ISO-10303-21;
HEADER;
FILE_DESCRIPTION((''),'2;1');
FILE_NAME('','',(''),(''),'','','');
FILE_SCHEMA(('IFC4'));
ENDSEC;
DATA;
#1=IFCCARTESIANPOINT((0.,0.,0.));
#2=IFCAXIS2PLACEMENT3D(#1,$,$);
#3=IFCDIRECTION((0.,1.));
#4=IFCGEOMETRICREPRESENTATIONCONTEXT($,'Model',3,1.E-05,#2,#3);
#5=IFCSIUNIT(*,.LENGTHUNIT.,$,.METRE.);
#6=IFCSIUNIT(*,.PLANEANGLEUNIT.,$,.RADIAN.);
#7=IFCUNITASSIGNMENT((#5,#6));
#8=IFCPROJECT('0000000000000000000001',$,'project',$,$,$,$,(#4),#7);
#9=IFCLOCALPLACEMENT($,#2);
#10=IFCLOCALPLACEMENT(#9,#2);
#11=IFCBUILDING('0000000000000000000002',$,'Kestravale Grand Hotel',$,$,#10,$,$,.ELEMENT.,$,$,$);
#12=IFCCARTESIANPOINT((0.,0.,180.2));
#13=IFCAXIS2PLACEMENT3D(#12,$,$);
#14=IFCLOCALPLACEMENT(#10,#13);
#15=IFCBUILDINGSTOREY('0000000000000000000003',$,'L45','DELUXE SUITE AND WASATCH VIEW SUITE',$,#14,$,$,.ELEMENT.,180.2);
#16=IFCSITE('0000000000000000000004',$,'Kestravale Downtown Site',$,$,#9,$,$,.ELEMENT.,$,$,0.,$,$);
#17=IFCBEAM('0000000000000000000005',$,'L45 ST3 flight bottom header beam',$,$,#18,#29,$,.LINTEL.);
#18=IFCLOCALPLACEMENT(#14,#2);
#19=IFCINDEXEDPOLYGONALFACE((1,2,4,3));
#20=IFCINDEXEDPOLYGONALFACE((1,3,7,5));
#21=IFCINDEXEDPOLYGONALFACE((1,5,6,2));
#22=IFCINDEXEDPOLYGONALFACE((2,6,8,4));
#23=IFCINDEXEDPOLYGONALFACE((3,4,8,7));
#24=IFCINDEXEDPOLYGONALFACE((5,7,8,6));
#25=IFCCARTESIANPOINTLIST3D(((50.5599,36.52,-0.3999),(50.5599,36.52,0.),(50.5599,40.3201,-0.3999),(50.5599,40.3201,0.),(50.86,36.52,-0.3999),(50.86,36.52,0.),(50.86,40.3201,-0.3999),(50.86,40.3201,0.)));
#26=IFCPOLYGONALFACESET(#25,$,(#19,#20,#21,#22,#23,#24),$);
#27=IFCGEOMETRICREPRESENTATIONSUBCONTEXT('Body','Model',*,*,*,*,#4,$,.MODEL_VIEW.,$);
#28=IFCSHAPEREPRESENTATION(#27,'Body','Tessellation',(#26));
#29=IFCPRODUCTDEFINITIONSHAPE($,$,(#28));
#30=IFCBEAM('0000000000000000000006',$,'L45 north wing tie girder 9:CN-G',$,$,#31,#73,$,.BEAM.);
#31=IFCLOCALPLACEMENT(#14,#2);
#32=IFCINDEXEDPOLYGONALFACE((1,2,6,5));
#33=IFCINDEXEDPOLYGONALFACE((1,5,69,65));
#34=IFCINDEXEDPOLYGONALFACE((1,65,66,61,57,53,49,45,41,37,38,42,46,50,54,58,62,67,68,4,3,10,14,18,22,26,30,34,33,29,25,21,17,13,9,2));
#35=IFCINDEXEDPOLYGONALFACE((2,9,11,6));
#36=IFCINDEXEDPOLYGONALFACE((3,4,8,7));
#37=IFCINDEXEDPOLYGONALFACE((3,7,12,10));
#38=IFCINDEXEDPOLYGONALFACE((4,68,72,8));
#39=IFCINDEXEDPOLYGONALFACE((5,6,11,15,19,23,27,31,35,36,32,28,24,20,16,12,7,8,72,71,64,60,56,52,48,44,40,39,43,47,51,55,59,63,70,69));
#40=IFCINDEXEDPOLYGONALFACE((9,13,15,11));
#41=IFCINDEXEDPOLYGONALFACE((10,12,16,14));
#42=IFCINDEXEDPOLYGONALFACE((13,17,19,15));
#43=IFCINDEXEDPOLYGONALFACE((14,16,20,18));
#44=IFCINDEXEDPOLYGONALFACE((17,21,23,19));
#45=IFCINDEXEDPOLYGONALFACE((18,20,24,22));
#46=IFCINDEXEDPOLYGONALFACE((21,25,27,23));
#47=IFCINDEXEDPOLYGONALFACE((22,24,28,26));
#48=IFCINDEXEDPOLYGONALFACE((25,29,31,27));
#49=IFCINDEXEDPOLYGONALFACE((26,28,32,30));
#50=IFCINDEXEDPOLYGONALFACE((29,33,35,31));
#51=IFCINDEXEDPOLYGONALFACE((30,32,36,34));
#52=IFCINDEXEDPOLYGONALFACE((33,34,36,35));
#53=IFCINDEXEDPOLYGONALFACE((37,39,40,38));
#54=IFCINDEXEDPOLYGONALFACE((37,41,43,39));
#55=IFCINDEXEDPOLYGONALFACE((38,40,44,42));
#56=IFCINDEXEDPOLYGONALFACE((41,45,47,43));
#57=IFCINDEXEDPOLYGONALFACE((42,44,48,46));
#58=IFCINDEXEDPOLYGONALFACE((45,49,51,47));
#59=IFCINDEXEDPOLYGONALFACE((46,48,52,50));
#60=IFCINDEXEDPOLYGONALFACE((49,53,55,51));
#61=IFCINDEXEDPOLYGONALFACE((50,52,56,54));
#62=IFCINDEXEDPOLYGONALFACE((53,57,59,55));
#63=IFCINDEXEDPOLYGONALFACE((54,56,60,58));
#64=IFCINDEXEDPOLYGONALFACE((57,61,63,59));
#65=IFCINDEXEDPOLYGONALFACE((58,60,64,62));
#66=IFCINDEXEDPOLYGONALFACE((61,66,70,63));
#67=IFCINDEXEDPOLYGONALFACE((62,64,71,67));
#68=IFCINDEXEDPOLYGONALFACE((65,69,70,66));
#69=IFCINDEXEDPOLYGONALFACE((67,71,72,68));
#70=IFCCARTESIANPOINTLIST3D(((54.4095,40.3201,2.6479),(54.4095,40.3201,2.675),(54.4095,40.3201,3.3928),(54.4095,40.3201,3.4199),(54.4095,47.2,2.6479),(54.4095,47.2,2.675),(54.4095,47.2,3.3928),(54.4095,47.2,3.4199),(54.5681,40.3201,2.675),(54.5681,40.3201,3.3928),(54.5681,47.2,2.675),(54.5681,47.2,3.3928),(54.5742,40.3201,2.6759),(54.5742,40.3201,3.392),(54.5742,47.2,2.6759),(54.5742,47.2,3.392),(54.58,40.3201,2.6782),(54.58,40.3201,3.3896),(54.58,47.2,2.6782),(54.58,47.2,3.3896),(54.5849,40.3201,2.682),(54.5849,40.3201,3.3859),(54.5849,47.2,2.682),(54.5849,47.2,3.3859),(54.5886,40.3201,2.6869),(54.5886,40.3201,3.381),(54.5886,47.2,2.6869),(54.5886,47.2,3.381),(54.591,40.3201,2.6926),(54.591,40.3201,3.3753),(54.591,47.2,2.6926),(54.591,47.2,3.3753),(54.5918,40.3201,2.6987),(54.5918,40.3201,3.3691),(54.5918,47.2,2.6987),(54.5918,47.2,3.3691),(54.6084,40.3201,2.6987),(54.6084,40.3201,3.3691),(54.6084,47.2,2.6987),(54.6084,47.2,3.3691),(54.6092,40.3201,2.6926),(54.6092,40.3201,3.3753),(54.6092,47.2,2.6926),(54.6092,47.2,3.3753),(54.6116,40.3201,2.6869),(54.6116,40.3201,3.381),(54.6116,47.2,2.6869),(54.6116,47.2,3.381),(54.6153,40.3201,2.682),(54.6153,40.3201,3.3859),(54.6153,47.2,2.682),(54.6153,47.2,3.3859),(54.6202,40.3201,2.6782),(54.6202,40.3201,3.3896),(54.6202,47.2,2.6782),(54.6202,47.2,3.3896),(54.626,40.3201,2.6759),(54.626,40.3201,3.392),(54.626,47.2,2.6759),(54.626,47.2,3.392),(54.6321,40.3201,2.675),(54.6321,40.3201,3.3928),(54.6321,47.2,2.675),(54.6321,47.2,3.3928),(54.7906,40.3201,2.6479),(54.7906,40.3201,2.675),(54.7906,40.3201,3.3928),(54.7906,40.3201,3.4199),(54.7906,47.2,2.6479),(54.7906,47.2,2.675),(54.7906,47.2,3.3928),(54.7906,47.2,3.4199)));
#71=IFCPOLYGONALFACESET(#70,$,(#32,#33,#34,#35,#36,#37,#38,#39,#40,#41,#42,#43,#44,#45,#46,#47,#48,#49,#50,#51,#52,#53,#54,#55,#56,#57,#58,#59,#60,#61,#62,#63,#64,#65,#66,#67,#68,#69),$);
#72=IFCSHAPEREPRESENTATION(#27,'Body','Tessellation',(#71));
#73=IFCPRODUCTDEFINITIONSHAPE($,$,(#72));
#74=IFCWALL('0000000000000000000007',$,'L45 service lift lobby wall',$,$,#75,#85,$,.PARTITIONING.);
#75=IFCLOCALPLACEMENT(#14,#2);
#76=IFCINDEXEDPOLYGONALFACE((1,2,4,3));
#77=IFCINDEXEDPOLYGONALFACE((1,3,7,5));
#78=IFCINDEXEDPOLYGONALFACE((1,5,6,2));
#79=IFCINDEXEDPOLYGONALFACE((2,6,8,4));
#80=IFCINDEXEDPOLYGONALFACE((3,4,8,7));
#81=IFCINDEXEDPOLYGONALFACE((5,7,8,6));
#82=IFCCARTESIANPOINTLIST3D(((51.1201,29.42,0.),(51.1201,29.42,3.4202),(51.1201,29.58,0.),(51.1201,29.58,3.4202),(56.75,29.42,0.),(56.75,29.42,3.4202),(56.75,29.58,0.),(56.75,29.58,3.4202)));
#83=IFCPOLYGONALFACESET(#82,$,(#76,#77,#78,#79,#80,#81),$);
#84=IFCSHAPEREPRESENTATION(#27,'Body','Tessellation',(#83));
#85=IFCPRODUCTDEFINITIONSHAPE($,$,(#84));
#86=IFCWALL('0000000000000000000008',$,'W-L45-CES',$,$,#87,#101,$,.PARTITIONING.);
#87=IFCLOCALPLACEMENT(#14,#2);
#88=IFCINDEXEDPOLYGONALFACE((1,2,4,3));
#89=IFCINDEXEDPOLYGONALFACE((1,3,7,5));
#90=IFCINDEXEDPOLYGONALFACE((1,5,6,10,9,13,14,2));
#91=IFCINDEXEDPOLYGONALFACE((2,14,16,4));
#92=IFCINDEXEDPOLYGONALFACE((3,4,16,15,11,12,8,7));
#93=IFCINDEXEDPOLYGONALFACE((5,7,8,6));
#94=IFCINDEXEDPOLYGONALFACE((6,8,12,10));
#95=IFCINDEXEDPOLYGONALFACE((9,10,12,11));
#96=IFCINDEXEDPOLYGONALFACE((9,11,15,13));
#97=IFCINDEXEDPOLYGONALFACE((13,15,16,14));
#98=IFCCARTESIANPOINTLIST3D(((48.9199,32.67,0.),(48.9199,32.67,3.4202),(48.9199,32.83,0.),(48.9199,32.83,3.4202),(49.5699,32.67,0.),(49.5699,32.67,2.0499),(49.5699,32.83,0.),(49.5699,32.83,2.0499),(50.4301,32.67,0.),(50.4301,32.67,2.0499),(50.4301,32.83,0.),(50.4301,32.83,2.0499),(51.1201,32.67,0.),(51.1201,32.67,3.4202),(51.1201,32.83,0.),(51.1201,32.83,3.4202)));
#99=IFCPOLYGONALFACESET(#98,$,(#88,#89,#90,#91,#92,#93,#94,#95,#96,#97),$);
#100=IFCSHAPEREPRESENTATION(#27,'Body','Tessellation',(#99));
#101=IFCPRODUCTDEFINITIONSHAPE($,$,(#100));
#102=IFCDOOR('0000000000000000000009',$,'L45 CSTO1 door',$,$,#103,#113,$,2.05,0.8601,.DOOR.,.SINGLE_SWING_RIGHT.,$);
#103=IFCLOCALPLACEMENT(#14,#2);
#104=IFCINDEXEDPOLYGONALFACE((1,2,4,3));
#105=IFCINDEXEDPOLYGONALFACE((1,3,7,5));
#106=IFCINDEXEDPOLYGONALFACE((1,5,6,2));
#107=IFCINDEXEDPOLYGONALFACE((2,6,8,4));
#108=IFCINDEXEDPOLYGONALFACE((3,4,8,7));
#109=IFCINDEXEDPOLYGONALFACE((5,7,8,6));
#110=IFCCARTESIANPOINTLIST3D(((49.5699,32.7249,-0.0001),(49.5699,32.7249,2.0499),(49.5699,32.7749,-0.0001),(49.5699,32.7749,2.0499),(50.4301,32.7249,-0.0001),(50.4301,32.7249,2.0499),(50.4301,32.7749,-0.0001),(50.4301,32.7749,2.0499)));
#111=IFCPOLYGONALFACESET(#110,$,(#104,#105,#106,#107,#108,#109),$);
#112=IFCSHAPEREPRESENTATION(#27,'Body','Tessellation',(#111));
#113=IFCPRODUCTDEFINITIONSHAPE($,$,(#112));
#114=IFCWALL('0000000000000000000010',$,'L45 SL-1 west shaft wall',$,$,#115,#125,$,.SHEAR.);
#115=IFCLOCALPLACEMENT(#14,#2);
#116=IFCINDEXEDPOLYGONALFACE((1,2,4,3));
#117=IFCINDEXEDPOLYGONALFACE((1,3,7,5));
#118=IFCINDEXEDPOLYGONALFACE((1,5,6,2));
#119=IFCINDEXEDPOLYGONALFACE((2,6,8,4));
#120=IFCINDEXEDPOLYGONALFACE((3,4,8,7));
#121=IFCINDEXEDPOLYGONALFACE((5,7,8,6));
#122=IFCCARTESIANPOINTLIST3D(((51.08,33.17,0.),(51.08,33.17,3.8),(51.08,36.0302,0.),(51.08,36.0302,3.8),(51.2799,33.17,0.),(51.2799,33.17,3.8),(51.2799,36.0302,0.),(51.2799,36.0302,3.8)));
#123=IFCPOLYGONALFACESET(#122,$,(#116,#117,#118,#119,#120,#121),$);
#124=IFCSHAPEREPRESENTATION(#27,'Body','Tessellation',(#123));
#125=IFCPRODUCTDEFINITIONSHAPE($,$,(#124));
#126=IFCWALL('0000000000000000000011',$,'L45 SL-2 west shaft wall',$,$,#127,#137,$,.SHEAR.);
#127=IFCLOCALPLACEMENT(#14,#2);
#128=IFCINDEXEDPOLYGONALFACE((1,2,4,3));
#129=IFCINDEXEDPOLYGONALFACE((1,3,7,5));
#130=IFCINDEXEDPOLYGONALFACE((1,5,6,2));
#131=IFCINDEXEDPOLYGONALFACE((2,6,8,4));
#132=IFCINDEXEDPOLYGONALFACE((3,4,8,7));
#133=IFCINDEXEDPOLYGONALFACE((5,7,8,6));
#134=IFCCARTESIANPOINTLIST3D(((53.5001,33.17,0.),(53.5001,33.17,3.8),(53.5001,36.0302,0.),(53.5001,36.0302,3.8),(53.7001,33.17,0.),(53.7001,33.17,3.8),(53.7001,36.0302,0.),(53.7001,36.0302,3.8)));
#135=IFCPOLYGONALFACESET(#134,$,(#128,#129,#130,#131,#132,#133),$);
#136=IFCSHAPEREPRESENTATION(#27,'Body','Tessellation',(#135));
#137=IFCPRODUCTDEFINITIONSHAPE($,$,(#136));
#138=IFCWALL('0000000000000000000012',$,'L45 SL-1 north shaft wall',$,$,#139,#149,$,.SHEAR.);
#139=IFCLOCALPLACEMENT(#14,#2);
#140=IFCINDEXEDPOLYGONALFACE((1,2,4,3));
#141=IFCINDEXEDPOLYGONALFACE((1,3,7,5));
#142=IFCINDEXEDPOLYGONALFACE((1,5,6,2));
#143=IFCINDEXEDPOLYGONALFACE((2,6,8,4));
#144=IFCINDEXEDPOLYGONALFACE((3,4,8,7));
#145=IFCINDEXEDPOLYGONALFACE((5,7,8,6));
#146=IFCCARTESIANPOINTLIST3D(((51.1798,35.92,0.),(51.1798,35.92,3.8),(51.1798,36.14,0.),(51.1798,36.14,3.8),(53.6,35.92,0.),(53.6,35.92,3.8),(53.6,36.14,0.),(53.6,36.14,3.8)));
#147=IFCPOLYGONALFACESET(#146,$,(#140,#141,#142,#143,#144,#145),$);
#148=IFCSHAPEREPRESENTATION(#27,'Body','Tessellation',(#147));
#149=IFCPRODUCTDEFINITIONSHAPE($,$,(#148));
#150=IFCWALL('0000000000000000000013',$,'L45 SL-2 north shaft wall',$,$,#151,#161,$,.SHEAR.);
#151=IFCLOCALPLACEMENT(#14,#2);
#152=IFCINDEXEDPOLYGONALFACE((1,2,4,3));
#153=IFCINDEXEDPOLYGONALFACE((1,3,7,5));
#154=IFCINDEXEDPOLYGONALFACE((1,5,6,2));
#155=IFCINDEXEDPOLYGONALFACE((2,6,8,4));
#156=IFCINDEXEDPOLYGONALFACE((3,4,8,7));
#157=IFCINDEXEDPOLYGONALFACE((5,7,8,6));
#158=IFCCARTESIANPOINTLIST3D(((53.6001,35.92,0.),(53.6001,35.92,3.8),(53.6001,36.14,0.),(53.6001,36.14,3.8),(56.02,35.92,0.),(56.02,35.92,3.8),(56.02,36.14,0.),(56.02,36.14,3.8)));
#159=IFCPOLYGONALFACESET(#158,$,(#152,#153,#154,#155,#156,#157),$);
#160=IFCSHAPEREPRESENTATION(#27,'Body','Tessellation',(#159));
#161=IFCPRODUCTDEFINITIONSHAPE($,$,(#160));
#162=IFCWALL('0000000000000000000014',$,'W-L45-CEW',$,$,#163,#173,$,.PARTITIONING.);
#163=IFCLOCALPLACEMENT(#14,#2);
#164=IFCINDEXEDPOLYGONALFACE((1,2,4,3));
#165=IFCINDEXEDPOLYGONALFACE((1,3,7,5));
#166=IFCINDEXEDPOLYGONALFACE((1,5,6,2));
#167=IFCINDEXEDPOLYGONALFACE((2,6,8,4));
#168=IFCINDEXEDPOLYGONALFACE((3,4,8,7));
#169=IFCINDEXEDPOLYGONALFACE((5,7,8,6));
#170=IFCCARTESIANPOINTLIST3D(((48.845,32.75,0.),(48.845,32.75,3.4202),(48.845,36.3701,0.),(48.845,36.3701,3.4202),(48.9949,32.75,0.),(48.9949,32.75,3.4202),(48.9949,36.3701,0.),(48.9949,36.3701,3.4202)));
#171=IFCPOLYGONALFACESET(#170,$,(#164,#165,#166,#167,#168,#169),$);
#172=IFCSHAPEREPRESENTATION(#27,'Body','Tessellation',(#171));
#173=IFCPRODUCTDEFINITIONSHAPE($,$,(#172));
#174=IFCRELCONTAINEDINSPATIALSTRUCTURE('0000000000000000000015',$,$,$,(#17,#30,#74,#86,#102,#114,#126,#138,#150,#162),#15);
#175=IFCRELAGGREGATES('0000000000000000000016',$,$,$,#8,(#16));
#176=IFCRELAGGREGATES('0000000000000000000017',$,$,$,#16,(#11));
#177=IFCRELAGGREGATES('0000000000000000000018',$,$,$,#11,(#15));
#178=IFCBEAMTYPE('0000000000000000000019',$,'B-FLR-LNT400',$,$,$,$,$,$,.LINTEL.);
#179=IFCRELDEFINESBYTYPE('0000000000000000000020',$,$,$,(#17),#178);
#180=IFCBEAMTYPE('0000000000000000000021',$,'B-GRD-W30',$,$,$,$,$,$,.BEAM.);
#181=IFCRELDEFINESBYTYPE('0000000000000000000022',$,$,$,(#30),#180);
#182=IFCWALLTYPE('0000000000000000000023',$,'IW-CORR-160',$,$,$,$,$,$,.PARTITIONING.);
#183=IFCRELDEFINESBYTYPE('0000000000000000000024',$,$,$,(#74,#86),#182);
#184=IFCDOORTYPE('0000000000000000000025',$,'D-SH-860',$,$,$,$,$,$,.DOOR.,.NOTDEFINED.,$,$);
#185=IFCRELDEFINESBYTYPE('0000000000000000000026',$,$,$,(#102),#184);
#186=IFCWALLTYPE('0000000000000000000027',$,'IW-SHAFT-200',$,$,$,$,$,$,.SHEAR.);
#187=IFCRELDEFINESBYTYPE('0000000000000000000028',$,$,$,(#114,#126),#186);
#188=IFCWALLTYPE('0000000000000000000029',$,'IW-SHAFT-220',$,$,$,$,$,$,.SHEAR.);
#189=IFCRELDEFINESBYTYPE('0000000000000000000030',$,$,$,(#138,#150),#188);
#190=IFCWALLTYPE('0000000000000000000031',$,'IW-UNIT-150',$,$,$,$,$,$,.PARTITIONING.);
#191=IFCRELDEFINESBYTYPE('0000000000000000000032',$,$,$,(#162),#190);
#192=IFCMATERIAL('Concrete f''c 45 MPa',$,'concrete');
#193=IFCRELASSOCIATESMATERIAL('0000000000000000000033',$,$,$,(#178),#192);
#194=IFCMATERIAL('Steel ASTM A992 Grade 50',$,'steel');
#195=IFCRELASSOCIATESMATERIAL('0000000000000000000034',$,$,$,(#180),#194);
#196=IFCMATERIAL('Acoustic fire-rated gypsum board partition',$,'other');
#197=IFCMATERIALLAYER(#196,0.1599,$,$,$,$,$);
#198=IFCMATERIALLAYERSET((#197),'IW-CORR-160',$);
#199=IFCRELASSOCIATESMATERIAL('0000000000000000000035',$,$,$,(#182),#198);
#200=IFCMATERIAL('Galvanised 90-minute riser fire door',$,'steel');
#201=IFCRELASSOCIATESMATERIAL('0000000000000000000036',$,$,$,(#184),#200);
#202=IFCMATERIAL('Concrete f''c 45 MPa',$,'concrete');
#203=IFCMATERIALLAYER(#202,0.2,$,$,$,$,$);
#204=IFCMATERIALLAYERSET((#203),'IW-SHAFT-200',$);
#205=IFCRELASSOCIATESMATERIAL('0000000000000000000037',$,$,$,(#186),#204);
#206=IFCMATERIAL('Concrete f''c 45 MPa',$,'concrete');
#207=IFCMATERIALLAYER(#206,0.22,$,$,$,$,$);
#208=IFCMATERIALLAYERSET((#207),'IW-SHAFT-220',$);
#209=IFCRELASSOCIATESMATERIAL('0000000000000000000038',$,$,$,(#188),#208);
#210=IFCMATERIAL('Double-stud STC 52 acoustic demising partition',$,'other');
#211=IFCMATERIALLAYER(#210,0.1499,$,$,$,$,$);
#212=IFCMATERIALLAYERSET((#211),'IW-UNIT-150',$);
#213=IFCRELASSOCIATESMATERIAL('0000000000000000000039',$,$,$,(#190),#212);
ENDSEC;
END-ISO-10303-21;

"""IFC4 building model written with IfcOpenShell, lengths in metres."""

from ifc_helpers import new_model, si_unit, direction, frame, frame_2d, origin, origin_2d, place, context, subcontext, project, spatial, rectangle, i_section, extrude, material, layer, layer_set, material_profile, profile_set, type_object, element, fill, save


model = new_model("IFC4")

# Units and contexts
model_context = context("Model", 3, precision=1e-05, world=origin(), true_north=direction((0.0, 1.0)))
body_context = subcontext(model_context, "Body", "Model", "MODEL_VIEW")
ifc_project = project(units=[si_unit("LENGTHUNIT", "METRE"), si_unit("PLANEANGLEUNIT", "RADIAN")], contexts=[model_context])

# Site, building, storey
site_placement = place(None, origin())
site = spatial("IfcSite", under=ifc_project, at=site_placement, Name="Kestravale Downtown Site", CompositionType="ELEMENT", RefElevation=0.0)
building_placement = place(site_placement, origin())
building = spatial("IfcBuilding", under=site, at=building_placement, Name="Kestravale Grand Hotel", CompositionType="ELEMENT")
storey_placement = place(building_placement, frame((0.0, 0.0, 180.2)))
storey = spatial("IfcBuildingStorey", under=building, at=storey_placement, Name="L45", Description="DELUXE SUITE AND WASATCH VIEW SUITE", CompositionType="ELEMENT", Elevation=180.2)

# Beams
ifc_material_1 = material(Name="Concrete f'c 45 MPa", Category="concrete")
ifc_material_profile_1 = material_profile(ifc_material_1, rectangle(XDim=0.3, YDim=0.3999, at=origin_2d()))
ifc_profile_set_1 = profile_set([ifc_material_profile_1], Name="Concrete f'c 45 MPa")
beam_type_1 = type_object("IfcBeamType", Name="B-FLR-LNT400", PredefinedType="LINTEL", material=ifc_profile_set_1)
beam_1_placement = place(storey_placement, frame((50.71, 36.52, -0.2), z_axis=(0.0, 1.0, 0.0), x_axis=(-1.0, 0.0, 0.0)))
element("IfcBeam", 1, at=beam_1_placement, inside=storey, type_object=beam_type_1, Name="L45 ST3 flight bottom header beam", PredefinedType="LINTEL", context=body_context, shape_type="SweptSolid", body=[
    extrude(rectangle(XDim=0.3, YDim=0.3999, at=origin_2d()), origin(), (0.0, 0.0, 1.0), 3.8),
])
ifc_material_2 = material(Name="Steel ASTM A992 Grade 50", Category="steel")
ifc_material_profile_2 = material_profile(ifc_material_2, i_section(OverallWidth=0.3811, OverallDepth=0.772, WebThickness=0.0166, FlangeThickness=0.0271, FilletRadius=0.0237, at=origin_2d()))
ifc_profile_set_2 = profile_set([ifc_material_profile_2], Name="Steel ASTM A992 Grade 50")
beam_type_2 = type_object("IfcBeamType", Name="B-GRD-W30", PredefinedType="BEAM", material=ifc_profile_set_2)
beam_2_placement = place(storey_placement, frame((54.6001, 40.3201, 3.0339), z_axis=(0.0, 1.0, 0.0), x_axis=(-1.0, 0.0, 0.0)))
element("IfcBeam", 2, at=beam_2_placement, inside=storey, type_object=beam_type_2, Name="L45 north wing tie girder 9:CN-G", PredefinedType="BEAM", context=body_context, shape_type="SweptSolid", body=[
    extrude(i_section(OverallWidth=0.3811, OverallDepth=0.772, WebThickness=0.0166, FlangeThickness=0.0271, FilletRadius=0.0237, at=origin_2d()), origin(), (0.0, 0.0, 1.0), 6.8799),
])

# Shared definitions
ifc_material_3 = material(Name="Acoustic fire-rated gypsum board partition", Category="other")
ifc_layer_1 = layer(ifc_material_3, 0.1599)
ifc_layer_set_1 = layer_set([ifc_layer_1], Name="IW-CORR-160")
wall_type_1 = type_object("IfcWallType", Name="IW-CORR-160", PredefinedType="PARTITIONING", material=ifc_layer_set_1)

# Wall
wall_1_placement = place(storey_placement, frame((51.1201, 29.5, 0.0), z_axis=(0.0, 0.0, 1.0), x_axis=(1.0, 0.0, 0.0)))
element("IfcWall", 3, at=wall_1_placement, inside=storey, type_object=wall_type_1, Name="L45 service lift lobby wall", PredefinedType="PARTITIONING", context=body_context, shape_type="SweptSolid", body=[
    extrude(rectangle(XDim=5.6299, YDim=0.1599, at=frame_2d((2.8149, 0.0))), origin(), (0.0, 0.0, 1.0), 3.4202),
])

# Wall, opening, door
wall_2_placement = place(storey_placement, frame((48.9199, 32.75, 0.0), z_axis=(0.0, 0.0, 1.0), x_axis=(1.0, 0.0, 0.0)))
wall_2 = element("IfcWall", 4, at=wall_2_placement, inside=storey, type_object=wall_type_1, Name="W-L45-CES", PredefinedType="PARTITIONING", context=body_context, shape_type="SweptSolid", body=[
    extrude(rectangle(XDim=2.2002, YDim=0.1599, at=frame_2d((1.1001, 0.0))), origin(), (0.0, 0.0, 1.0), 3.4202),
])
opening_1_placement = place(wall_2_placement, frame((0.6499, 0.0, 0.0)))
opening_1 = element("IfcOpeningElement", 5, at=opening_1_placement, cuts=wall_2, PredefinedType="OPENING", context=body_context, shape_type="SweptSolid", body=[
    extrude(rectangle(XDim=0.8601, YDim=2.05, at=frame_2d((0.4302, 1.0249))), frame((0.0, 0.0898, 0.0), z_axis=(0.0, -1.0, 0.0), x_axis=(1.0, 0.0, 0.0)), (0.0, 0.0, 1.0), 0.1799),
])
ifc_material_4 = material(Name="Galvanised 90-minute riser fire door", Category="steel")
door_type_1 = type_object("IfcDoorType", Name="D-SH-860", OperationType="NOTDEFINED", PredefinedType="DOOR", material=ifc_material_4)
door_1_placement = place(opening_1_placement, origin())
door_1 = element("IfcDoor", 6, at=door_1_placement, inside=storey, type_object=door_type_1, Name="L45 CSTO1 door", OperationType="SINGLE_SWING_RIGHT", OverallHeight=2.05, OverallWidth=0.8601, PredefinedType="DOOR", context=body_context, shape_type="SweptSolid", body=[
    extrude(rectangle(XDim=0.8601, YDim=2.05, at=frame_2d((0.4302, 1.0249))), frame((0.0, 0.0249, 0.0), z_axis=(0.0, -1.0, 0.0), x_axis=(1.0, 0.0, 0.0)), (0.0, 0.0, 1.0), 0.05),
])
fill(opening_1, door_1)

# Walls
ifc_material_5 = material(Name="Concrete f'c 45 MPa", Category="concrete")
ifc_layer_2 = layer(ifc_material_5, 0.2)
ifc_layer_set_2 = layer_set([ifc_layer_2], Name="IW-SHAFT-200")
wall_type_2 = type_object("IfcWallType", Name="IW-SHAFT-200", PredefinedType="SHEAR", material=ifc_layer_set_2)
for number, where, z_axis, x_axis, name in (
    (7, (51.1799, 33.1699, 0.0), (0.0, 0.0, 1.0), (0.0, 1.0, 0.0), "L45 SL-1 west shaft wall"),
    (8, (53.6001, 33.1699, 0.0), (0.0, 0.0, 1.0), (0.0, 1.0, 0.0), "L45 SL-2 west shaft wall"),
):
    element("IfcWall", number, at=place(storey_placement, frame(where, z_axis=z_axis, x_axis=x_axis)), inside=storey, type_object=wall_type_2, Name=name, PredefinedType="SHEAR", context=body_context, shape_type="SweptSolid", body=[
        extrude(rectangle(XDim=2.8601, YDim=0.2, at=frame_2d((1.4302, 0.0))), origin(), (0.0, 0.0, 1.0), 3.8),
    ])
ifc_material_6 = material(Name="Concrete f'c 45 MPa", Category="concrete")
ifc_layer_3 = layer(ifc_material_6, 0.22)
ifc_layer_set_3 = layer_set([ifc_layer_3], Name="IW-SHAFT-220")
wall_type_3 = type_object("IfcWallType", Name="IW-SHAFT-220", PredefinedType="SHEAR", material=ifc_layer_set_3)
wall_3_placement = place(storey_placement, frame((51.1799, 36.03, 0.0), z_axis=(0.0, 0.0, 1.0), x_axis=(1.0, 0.0, 0.0)))
element("IfcWall", 9, at=wall_3_placement, inside=storey, type_object=wall_type_3, Name="L45 SL-1 north shaft wall", PredefinedType="SHEAR", context=body_context, shape_type="SweptSolid", body=[
    extrude(rectangle(XDim=2.4202, YDim=0.22, at=frame_2d((1.21, 0.0))), origin(), (0.0, 0.0, 1.0), 3.8),
])

# Wall
wall_4_placement = place(storey_placement, frame((53.6001, 36.03, 0.0), z_axis=(0.0, 0.0, 1.0), x_axis=(1.0, 0.0, 0.0)))
element("IfcWall", 10, at=wall_4_placement, inside=storey, type_object=wall_type_3, Name="L45 SL-2 north shaft wall", PredefinedType="SHEAR", context=body_context, shape_type="SweptSolid", body=[
    extrude(rectangle(XDim=2.4199, YDim=0.22, at=frame_2d((1.21, 0.0))), origin(), (0.0, 0.0, 1.0), 3.8),
])

# Wall
ifc_material_7 = material(Name="Double-stud STC 52 acoustic demising partition", Category="other")
ifc_layer_4 = layer(ifc_material_7, 0.1499)
ifc_layer_set_4 = layer_set([ifc_layer_4], Name="IW-UNIT-150")
wall_type_4 = type_object("IfcWallType", Name="IW-UNIT-150", PredefinedType="PARTITIONING", material=ifc_layer_set_4)
wall_5_placement = place(storey_placement, frame((48.9199, 32.75, 0.0), z_axis=(0.0, 0.0, 1.0), x_axis=(0.0, 1.0, 0.0)))
element("IfcWall", 11, at=wall_5_placement, inside=storey, type_object=wall_type_4, Name="W-L45-CEW", PredefinedType="PARTITIONING", context=body_context, shape_type="SweptSolid", body=[
    extrude(rectangle(XDim=3.6201, YDim=0.1499, at=frame_2d((1.8101, 0.0))), origin(), (0.0, 0.0, 1.0), 3.4202),
])

save(model, "model.ifc")
